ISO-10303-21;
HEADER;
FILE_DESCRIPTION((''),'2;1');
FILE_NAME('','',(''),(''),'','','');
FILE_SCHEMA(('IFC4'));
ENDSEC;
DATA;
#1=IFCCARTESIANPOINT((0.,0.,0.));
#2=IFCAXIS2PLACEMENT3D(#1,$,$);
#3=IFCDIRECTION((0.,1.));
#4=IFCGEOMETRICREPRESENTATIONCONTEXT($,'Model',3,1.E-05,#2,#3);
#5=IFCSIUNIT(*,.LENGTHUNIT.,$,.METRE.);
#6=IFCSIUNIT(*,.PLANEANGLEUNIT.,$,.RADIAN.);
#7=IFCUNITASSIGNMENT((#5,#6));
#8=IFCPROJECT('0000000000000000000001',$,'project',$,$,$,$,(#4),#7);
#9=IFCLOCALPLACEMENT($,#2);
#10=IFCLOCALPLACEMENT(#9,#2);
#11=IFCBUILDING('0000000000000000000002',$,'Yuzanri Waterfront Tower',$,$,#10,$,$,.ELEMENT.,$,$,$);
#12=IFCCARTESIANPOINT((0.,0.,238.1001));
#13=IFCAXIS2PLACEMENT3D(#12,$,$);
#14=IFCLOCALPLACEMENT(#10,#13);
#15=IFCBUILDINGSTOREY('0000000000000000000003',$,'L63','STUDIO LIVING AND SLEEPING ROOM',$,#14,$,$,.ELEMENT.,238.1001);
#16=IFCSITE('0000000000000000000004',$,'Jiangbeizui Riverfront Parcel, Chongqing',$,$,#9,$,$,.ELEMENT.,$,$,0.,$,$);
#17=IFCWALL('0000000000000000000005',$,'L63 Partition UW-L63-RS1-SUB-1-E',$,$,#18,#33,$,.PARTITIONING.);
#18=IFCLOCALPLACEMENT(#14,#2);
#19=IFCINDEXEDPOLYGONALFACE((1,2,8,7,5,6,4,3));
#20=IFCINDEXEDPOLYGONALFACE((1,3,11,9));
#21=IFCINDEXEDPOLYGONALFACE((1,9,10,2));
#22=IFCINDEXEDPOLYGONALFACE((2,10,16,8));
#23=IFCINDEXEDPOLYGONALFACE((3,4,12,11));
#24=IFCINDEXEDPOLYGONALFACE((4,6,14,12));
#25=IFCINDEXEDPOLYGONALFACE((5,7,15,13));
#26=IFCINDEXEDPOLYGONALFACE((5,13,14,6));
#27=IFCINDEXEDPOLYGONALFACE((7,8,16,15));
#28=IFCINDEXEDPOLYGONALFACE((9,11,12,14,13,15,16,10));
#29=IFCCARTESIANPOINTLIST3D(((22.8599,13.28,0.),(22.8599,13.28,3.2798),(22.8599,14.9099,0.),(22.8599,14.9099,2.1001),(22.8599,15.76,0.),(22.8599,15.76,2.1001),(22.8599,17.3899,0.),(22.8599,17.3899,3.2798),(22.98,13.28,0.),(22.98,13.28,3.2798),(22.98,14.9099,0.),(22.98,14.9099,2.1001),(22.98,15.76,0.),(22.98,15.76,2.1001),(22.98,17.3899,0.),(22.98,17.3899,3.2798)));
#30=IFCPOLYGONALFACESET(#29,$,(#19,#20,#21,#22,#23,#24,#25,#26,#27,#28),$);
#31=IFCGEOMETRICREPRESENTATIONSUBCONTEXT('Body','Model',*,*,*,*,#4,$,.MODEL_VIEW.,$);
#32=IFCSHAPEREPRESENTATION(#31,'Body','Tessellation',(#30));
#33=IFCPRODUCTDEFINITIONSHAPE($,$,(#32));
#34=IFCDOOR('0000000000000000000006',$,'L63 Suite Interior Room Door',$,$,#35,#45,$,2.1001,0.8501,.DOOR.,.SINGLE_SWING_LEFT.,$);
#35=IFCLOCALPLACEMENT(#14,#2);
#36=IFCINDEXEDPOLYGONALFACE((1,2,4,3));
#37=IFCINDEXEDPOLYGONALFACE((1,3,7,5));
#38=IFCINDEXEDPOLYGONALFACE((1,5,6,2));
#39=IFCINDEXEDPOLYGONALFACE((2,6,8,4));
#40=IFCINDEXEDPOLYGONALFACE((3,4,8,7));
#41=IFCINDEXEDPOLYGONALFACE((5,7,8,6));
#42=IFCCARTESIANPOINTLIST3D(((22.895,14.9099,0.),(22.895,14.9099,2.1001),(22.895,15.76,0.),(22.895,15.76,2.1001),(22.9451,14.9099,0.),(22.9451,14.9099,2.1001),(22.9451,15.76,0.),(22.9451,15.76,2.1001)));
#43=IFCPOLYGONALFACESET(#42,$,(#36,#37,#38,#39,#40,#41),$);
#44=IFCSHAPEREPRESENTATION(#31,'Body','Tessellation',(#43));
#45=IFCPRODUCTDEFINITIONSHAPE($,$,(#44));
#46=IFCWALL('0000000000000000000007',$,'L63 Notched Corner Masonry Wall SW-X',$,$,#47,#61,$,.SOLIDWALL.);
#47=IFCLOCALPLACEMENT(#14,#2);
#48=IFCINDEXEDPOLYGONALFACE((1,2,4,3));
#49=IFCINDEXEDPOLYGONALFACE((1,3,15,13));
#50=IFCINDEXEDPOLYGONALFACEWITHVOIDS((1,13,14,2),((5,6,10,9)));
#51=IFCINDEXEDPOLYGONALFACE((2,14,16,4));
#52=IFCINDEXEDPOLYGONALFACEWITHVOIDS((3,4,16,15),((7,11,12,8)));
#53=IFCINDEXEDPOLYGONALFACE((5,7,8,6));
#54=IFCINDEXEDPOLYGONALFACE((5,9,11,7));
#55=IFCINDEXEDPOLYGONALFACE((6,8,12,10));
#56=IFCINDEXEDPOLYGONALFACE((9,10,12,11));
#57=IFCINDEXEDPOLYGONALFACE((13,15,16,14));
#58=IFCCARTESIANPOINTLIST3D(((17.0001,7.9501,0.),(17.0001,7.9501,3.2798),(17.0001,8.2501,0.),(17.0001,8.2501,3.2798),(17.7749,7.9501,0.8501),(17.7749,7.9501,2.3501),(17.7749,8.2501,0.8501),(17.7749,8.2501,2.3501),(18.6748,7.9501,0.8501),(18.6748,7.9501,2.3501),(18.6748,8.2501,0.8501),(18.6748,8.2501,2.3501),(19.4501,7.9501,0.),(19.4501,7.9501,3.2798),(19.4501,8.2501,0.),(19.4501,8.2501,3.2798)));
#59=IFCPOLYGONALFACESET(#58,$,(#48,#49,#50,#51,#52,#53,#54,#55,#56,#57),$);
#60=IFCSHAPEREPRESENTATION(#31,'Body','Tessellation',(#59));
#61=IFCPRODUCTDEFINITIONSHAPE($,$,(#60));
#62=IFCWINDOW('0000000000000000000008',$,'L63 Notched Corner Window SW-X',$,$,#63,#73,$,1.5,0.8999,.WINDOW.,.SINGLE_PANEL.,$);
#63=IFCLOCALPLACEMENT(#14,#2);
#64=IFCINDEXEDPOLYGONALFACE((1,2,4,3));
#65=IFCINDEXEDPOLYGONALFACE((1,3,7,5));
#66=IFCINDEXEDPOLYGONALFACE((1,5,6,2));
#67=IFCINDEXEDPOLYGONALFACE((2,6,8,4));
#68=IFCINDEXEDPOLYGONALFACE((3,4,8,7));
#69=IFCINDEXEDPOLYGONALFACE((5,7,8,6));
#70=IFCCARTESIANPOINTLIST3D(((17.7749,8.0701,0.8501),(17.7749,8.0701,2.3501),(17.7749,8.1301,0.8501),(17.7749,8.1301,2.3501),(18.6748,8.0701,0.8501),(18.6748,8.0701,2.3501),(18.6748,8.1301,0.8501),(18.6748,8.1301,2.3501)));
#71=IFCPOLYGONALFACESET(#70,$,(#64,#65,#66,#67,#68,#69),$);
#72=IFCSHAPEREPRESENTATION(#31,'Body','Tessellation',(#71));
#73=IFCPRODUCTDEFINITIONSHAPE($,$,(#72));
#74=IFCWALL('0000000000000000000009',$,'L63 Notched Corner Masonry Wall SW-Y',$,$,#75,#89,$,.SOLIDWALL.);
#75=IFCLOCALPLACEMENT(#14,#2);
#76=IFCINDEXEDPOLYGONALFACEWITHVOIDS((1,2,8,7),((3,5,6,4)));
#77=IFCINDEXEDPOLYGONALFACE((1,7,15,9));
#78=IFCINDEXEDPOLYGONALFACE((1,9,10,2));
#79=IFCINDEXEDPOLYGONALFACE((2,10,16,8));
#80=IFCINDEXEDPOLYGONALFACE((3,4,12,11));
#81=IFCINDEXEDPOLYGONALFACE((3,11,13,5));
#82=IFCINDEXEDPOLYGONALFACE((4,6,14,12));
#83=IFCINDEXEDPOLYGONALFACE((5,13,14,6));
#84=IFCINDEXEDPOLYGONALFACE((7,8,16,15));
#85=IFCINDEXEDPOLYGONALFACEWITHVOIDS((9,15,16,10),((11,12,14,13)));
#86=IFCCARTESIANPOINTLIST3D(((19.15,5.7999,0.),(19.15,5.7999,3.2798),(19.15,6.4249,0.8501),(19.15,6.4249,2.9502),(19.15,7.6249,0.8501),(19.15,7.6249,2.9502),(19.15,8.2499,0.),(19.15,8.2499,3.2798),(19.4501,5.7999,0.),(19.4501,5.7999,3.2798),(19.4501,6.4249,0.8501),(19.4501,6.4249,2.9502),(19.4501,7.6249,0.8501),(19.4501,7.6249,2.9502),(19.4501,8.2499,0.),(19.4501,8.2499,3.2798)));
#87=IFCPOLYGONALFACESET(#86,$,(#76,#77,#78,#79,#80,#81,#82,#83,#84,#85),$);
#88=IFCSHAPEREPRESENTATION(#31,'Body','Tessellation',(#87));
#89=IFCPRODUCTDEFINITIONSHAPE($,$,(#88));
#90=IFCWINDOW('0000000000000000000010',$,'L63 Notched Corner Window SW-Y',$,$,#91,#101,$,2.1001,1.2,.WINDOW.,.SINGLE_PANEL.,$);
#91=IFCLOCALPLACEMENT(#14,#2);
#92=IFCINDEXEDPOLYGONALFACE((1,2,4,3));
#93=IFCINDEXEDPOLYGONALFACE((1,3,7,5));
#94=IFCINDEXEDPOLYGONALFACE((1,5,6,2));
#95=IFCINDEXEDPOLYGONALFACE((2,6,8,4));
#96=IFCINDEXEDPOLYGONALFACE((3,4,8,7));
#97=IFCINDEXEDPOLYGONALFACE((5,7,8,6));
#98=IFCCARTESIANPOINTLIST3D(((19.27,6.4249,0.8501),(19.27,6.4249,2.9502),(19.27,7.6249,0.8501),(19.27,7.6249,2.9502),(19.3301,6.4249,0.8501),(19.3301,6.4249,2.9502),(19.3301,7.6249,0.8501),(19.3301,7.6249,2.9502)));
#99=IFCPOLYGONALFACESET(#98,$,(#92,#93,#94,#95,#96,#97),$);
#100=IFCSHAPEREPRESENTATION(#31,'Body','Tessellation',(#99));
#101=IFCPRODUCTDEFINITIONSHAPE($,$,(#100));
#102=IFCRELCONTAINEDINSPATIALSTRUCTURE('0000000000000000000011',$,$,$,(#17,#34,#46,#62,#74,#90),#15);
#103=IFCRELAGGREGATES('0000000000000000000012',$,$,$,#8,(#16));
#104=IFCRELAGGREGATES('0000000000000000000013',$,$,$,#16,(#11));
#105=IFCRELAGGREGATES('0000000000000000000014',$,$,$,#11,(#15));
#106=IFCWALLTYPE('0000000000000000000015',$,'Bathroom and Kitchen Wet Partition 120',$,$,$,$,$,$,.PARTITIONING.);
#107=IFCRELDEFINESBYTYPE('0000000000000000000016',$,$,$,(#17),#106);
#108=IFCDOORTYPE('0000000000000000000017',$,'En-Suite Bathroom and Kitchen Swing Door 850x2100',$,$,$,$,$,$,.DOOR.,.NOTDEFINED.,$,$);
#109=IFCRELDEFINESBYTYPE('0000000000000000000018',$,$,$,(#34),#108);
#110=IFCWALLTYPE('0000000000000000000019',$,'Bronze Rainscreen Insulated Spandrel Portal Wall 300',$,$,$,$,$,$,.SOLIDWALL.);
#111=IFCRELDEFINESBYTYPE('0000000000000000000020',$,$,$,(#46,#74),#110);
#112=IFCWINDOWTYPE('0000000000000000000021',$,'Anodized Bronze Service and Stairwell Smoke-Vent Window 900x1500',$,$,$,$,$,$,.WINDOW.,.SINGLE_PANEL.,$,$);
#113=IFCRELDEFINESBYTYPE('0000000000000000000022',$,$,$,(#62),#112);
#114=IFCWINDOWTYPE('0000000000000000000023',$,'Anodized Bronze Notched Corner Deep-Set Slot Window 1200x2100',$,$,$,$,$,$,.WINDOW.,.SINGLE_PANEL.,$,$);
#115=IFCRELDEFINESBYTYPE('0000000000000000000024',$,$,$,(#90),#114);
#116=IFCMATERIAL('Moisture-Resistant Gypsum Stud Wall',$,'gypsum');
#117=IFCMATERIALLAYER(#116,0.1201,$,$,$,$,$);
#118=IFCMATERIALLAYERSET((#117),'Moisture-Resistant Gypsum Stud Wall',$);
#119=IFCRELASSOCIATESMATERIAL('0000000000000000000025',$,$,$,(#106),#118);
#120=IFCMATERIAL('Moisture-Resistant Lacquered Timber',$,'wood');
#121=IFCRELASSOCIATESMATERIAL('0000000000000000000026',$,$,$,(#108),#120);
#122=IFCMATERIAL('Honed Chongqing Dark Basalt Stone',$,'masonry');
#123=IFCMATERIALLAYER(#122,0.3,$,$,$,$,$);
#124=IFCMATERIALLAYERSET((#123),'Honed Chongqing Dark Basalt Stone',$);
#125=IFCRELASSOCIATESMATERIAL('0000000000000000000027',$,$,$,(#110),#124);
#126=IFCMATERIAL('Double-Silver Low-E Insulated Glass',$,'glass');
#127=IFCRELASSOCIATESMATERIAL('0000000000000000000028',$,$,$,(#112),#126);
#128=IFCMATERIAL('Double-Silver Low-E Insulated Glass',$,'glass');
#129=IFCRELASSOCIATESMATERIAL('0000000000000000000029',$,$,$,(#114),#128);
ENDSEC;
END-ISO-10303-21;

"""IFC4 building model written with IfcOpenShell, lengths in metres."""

from ifc_helpers import new_model, si_unit, direction, frame, frame_2d, origin, place, context, subcontext, project, spatial, rectangle, extrude, source, transform, mapped, material, layer, layer_set, type_object, element, fill, save


model = new_model("IFC4")

# Units and contexts
model_context = context("Model", 3, precision=1e-05, world=origin(), true_north=direction((0.0, 1.0)))
body_context = subcontext(model_context, "Body", "Model", "MODEL_VIEW")
ifc_project = project(units=[si_unit("LENGTHUNIT", "METRE"), si_unit("PLANEANGLEUNIT", "RADIAN")], contexts=[model_context])

# Site, building, storey
site_placement = place(None, origin())
site = spatial("IfcSite", under=ifc_project, at=site_placement, Name="Jiangbeizui Riverfront Parcel, Chongqing", CompositionType="ELEMENT", RefElevation=0.0)
building_placement = place(site_placement, origin())
building = spatial("IfcBuilding", under=site, at=building_placement, Name="Yuzanri Waterfront Tower", CompositionType="ELEMENT")
storey_placement = place(building_placement, frame((0.0, 0.0, 238.1001)))
storey = spatial("IfcBuildingStorey", under=building, at=storey_placement, Name="L63", Description="STUDIO LIVING AND SLEEPING ROOM", CompositionType="ELEMENT", Elevation=238.1001)

# Wall, opening, door
ifc_material_1 = material(Name="Moisture-Resistant Gypsum Stud Wall", Category="gypsum")
ifc_layer_1 = layer(ifc_material_1, 0.1201)
ifc_layer_set_1 = layer_set([ifc_layer_1], Name="Moisture-Resistant Gypsum Stud Wall")
wall_type_1 = type_object("IfcWallType", Name="Bathroom and Kitchen Wet Partition 120", PredefinedType="PARTITIONING", material=ifc_layer_set_1)
wall_1_placement = place(storey_placement, frame((22.9199, 13.28, 0.0), z_axis=(0.0, 0.0, 1.0), x_axis=(0.0, 1.0, 0.0)))
wall_1 = element("IfcWall", 1, at=wall_1_placement, inside=storey, type_object=wall_type_1, Name="L63 Partition UW-L63-RS1-SUB-1-E", PredefinedType="PARTITIONING", context=body_context, shape_type="SweptSolid", body=[
    extrude(rectangle(XDim=4.1099, YDim=0.1201, at=frame_2d((2.0549, 0.0))), origin(), (0.0, 0.0, 1.0), 3.2798),
])
opening_1_placement = place(wall_1_placement, frame((1.6299, 0.0, 0.0)))
opening_1 = element("IfcOpeningElement", 2, at=opening_1_placement, cuts=wall_1, PredefinedType="OPENING", context=body_context, shape_type="SweptSolid", body=[
    extrude(rectangle(XDim=0.8501, YDim=2.1001, at=frame_2d((0.425, 1.05))), frame((0.0, 0.075, 0.0), z_axis=(0.0, -1.0, 0.0), x_axis=(1.0, 0.0, 0.0)), (0.0, 0.0, 1.0), 0.1499),
])
ifc_material_2 = material(Name="Moisture-Resistant Lacquered Timber", Category="wood")
door_type_1 = type_object("IfcDoorType", Name="En-Suite Bathroom and Kitchen Swing Door 850x2100", OperationType="NOTDEFINED", PredefinedType="DOOR", material=ifc_material_2)
shared_shape_1 = source(origin(), body_context, "Body", "SweptSolid", [
    extrude(rectangle(XDim=0.8501, YDim=2.1001, at=frame_2d((0.425, 1.05))), frame((0.0, 0.0249, 0.0), z_axis=(0.0, -1.0, 0.0), x_axis=(1.0, 0.0, 0.0)), (0.0, 0.0, 1.0), 0.05),
])
door_1_placement = place(opening_1_placement, origin())
door_1 = element("IfcDoor", 3, at=door_1_placement, inside=storey, type_object=door_type_1, Name="L63 Suite Interior Room Door", OperationType="SINGLE_SWING_LEFT", OverallHeight=2.1001, OverallWidth=0.8501, PredefinedType="DOOR", context=body_context, shape_type="MappedRepresentation", body=[
    mapped(shared_shape_1, transform((0.0, 0.0, 0.0), scale=1.0)),
])
fill(opening_1, door_1)

# Walls, openings, windows
ifc_material_3 = material(Name="Honed Chongqing Dark Basalt Stone", Category="masonry")
ifc_layer_2 = layer(ifc_material_3, 0.3)
ifc_layer_set_2 = layer_set([ifc_layer_2], Name="Honed Chongqing Dark Basalt Stone")
wall_type_2 = type_object("IfcWallType", Name="Bronze Rainscreen Insulated Spandrel Portal Wall 300", PredefinedType="SOLIDWALL", material=ifc_layer_set_2)
wall_2_placement = place(storey_placement, frame((17.0, 8.1001, 0.0), z_axis=(0.0, 0.0, 1.0), x_axis=(1.0, 0.0, 0.0)))
wall_2 = element("IfcWall", 4, at=wall_2_placement, inside=storey, type_object=wall_type_2, Name="L63 Notched Corner Masonry Wall SW-X", PredefinedType="SOLIDWALL", context=body_context, shape_type="SweptSolid", body=[
    extrude(rectangle(XDim=2.45, YDim=0.3, at=frame_2d((1.2251, 0.0))), origin(), (0.0, 0.0, 1.0), 3.2798),
])
opening_2_placement = place(wall_2_placement, frame((0.7749, 0.0, 0.8501)))
opening_2 = element("IfcOpeningElement", 5, at=opening_2_placement, cuts=wall_2, PredefinedType="OPENING", context=body_context, shape_type="SweptSolid", body=[
    extrude(rectangle(XDim=0.8999, YDim=1.5, at=frame_2d((0.45, 0.75))), frame((0.0, 0.165, 0.0), z_axis=(0.0, -1.0, 0.0), x_axis=(1.0, 0.0, 0.0)), (0.0, 0.0, 1.0), 0.3298),
])
ifc_material_4 = material(Name="Double-Silver Low-E Insulated Glass", Category="glass")
window_type_1 = type_object("IfcWindowType", Name="Anodized Bronze Service and Stairwell Smoke-Vent Window 900x1500", PartitioningType="SINGLE_PANEL", PredefinedType="WINDOW", material=ifc_material_4)
shared_shape_2 = source(origin(), body_context, "Body", "SweptSolid", [
    extrude(rectangle(XDim=0.8999, YDim=1.5, at=frame_2d((0.45, 0.75))), frame((0.0, 0.03, 0.0), z_axis=(0.0, -1.0, 0.0), x_axis=(1.0, 0.0, 0.0)), (0.0, 0.0, 1.0), 0.0601),
])
window_1_placement = place(opening_2_placement, origin())
window_1 = element("IfcWindow", 6, at=window_1_placement, inside=storey, type_object=window_type_1, Name="L63 Notched Corner Window SW-X", OverallHeight=1.5, OverallWidth=0.8999, PartitioningType="SINGLE_PANEL", PredefinedType="WINDOW", context=body_context, shape_type="MappedRepresentation", body=[
    mapped(shared_shape_2, transform((0.0, 0.0, 0.0), scale=1.0)),
])
fill(opening_2, window_1)
wall_3_placement = place(storey_placement, frame((19.3, 8.25, 0.0), z_axis=(0.0, 0.0, 1.0), x_axis=(0.0, -1.0, 0.0)))
wall_3 = element("IfcWall", 7, at=wall_3_placement, inside=storey, type_object=wall_type_2, Name="L63 Notched Corner Masonry Wall SW-Y", PredefinedType="SOLIDWALL", context=body_context, shape_type="SweptSolid", body=[
    extrude(rectangle(XDim=2.45, YDim=0.3, at=frame_2d((1.2251, 0.0))), origin(), (0.0, 0.0, 1.0), 3.2798),
])
opening_3_placement = place(wall_3_placement, frame((0.625, 0.0, 0.8501)))
opening_3 = element("IfcOpeningElement", 8, at=opening_3_placement, cuts=wall_3, PredefinedType="OPENING", context=body_context, shape_type="SweptSolid", body=[
    extrude(rectangle(XDim=1.2, YDim=2.1001, at=frame_2d((0.6001, 1.05))), frame((0.0, 0.165, 0.0), z_axis=(0.0, -1.0, 0.0), x_axis=(1.0, 0.0, 0.0)), (0.0, 0.0, 1.0), 0.3298),
])
ifc_material_5 = material(Name="Double-Silver Low-E Insulated Glass", Category="glass")
window_type_2 = type_object("IfcWindowType", Name="Anodized Bronze Notched Corner Deep-Set Slot Window 1200x2100", PartitioningType="SINGLE_PANEL", PredefinedType="WINDOW", material=ifc_material_5)
shared_shape_3 = source(origin(), body_context, "Body", "SweptSolid", [
    extrude(rectangle(XDim=1.2, YDim=2.1001, at=frame_2d((0.6001, 1.05))), frame((0.0, 0.03, 0.0), z_axis=(0.0, -1.0, 0.0), x_axis=(1.0, 0.0, 0.0)), (0.0, 0.0, 1.0), 0.0601),
])
window_2_placement = place(opening_3_placement, origin())
window_2 = element("IfcWindow", 9, at=window_2_placement, inside=storey, type_object=window_type_2, Name="L63 Notched Corner Window SW-Y", OverallHeight=2.1001, OverallWidth=1.2, PartitioningType="SINGLE_PANEL", PredefinedType="WINDOW", context=body_context, shape_type="MappedRepresentation", body=[
    mapped(shared_shape_3, transform((0.0, 0.0, 0.0), scale=1.0)),
])
fill(opening_3, window_2)

save(model, "model.ifc")
